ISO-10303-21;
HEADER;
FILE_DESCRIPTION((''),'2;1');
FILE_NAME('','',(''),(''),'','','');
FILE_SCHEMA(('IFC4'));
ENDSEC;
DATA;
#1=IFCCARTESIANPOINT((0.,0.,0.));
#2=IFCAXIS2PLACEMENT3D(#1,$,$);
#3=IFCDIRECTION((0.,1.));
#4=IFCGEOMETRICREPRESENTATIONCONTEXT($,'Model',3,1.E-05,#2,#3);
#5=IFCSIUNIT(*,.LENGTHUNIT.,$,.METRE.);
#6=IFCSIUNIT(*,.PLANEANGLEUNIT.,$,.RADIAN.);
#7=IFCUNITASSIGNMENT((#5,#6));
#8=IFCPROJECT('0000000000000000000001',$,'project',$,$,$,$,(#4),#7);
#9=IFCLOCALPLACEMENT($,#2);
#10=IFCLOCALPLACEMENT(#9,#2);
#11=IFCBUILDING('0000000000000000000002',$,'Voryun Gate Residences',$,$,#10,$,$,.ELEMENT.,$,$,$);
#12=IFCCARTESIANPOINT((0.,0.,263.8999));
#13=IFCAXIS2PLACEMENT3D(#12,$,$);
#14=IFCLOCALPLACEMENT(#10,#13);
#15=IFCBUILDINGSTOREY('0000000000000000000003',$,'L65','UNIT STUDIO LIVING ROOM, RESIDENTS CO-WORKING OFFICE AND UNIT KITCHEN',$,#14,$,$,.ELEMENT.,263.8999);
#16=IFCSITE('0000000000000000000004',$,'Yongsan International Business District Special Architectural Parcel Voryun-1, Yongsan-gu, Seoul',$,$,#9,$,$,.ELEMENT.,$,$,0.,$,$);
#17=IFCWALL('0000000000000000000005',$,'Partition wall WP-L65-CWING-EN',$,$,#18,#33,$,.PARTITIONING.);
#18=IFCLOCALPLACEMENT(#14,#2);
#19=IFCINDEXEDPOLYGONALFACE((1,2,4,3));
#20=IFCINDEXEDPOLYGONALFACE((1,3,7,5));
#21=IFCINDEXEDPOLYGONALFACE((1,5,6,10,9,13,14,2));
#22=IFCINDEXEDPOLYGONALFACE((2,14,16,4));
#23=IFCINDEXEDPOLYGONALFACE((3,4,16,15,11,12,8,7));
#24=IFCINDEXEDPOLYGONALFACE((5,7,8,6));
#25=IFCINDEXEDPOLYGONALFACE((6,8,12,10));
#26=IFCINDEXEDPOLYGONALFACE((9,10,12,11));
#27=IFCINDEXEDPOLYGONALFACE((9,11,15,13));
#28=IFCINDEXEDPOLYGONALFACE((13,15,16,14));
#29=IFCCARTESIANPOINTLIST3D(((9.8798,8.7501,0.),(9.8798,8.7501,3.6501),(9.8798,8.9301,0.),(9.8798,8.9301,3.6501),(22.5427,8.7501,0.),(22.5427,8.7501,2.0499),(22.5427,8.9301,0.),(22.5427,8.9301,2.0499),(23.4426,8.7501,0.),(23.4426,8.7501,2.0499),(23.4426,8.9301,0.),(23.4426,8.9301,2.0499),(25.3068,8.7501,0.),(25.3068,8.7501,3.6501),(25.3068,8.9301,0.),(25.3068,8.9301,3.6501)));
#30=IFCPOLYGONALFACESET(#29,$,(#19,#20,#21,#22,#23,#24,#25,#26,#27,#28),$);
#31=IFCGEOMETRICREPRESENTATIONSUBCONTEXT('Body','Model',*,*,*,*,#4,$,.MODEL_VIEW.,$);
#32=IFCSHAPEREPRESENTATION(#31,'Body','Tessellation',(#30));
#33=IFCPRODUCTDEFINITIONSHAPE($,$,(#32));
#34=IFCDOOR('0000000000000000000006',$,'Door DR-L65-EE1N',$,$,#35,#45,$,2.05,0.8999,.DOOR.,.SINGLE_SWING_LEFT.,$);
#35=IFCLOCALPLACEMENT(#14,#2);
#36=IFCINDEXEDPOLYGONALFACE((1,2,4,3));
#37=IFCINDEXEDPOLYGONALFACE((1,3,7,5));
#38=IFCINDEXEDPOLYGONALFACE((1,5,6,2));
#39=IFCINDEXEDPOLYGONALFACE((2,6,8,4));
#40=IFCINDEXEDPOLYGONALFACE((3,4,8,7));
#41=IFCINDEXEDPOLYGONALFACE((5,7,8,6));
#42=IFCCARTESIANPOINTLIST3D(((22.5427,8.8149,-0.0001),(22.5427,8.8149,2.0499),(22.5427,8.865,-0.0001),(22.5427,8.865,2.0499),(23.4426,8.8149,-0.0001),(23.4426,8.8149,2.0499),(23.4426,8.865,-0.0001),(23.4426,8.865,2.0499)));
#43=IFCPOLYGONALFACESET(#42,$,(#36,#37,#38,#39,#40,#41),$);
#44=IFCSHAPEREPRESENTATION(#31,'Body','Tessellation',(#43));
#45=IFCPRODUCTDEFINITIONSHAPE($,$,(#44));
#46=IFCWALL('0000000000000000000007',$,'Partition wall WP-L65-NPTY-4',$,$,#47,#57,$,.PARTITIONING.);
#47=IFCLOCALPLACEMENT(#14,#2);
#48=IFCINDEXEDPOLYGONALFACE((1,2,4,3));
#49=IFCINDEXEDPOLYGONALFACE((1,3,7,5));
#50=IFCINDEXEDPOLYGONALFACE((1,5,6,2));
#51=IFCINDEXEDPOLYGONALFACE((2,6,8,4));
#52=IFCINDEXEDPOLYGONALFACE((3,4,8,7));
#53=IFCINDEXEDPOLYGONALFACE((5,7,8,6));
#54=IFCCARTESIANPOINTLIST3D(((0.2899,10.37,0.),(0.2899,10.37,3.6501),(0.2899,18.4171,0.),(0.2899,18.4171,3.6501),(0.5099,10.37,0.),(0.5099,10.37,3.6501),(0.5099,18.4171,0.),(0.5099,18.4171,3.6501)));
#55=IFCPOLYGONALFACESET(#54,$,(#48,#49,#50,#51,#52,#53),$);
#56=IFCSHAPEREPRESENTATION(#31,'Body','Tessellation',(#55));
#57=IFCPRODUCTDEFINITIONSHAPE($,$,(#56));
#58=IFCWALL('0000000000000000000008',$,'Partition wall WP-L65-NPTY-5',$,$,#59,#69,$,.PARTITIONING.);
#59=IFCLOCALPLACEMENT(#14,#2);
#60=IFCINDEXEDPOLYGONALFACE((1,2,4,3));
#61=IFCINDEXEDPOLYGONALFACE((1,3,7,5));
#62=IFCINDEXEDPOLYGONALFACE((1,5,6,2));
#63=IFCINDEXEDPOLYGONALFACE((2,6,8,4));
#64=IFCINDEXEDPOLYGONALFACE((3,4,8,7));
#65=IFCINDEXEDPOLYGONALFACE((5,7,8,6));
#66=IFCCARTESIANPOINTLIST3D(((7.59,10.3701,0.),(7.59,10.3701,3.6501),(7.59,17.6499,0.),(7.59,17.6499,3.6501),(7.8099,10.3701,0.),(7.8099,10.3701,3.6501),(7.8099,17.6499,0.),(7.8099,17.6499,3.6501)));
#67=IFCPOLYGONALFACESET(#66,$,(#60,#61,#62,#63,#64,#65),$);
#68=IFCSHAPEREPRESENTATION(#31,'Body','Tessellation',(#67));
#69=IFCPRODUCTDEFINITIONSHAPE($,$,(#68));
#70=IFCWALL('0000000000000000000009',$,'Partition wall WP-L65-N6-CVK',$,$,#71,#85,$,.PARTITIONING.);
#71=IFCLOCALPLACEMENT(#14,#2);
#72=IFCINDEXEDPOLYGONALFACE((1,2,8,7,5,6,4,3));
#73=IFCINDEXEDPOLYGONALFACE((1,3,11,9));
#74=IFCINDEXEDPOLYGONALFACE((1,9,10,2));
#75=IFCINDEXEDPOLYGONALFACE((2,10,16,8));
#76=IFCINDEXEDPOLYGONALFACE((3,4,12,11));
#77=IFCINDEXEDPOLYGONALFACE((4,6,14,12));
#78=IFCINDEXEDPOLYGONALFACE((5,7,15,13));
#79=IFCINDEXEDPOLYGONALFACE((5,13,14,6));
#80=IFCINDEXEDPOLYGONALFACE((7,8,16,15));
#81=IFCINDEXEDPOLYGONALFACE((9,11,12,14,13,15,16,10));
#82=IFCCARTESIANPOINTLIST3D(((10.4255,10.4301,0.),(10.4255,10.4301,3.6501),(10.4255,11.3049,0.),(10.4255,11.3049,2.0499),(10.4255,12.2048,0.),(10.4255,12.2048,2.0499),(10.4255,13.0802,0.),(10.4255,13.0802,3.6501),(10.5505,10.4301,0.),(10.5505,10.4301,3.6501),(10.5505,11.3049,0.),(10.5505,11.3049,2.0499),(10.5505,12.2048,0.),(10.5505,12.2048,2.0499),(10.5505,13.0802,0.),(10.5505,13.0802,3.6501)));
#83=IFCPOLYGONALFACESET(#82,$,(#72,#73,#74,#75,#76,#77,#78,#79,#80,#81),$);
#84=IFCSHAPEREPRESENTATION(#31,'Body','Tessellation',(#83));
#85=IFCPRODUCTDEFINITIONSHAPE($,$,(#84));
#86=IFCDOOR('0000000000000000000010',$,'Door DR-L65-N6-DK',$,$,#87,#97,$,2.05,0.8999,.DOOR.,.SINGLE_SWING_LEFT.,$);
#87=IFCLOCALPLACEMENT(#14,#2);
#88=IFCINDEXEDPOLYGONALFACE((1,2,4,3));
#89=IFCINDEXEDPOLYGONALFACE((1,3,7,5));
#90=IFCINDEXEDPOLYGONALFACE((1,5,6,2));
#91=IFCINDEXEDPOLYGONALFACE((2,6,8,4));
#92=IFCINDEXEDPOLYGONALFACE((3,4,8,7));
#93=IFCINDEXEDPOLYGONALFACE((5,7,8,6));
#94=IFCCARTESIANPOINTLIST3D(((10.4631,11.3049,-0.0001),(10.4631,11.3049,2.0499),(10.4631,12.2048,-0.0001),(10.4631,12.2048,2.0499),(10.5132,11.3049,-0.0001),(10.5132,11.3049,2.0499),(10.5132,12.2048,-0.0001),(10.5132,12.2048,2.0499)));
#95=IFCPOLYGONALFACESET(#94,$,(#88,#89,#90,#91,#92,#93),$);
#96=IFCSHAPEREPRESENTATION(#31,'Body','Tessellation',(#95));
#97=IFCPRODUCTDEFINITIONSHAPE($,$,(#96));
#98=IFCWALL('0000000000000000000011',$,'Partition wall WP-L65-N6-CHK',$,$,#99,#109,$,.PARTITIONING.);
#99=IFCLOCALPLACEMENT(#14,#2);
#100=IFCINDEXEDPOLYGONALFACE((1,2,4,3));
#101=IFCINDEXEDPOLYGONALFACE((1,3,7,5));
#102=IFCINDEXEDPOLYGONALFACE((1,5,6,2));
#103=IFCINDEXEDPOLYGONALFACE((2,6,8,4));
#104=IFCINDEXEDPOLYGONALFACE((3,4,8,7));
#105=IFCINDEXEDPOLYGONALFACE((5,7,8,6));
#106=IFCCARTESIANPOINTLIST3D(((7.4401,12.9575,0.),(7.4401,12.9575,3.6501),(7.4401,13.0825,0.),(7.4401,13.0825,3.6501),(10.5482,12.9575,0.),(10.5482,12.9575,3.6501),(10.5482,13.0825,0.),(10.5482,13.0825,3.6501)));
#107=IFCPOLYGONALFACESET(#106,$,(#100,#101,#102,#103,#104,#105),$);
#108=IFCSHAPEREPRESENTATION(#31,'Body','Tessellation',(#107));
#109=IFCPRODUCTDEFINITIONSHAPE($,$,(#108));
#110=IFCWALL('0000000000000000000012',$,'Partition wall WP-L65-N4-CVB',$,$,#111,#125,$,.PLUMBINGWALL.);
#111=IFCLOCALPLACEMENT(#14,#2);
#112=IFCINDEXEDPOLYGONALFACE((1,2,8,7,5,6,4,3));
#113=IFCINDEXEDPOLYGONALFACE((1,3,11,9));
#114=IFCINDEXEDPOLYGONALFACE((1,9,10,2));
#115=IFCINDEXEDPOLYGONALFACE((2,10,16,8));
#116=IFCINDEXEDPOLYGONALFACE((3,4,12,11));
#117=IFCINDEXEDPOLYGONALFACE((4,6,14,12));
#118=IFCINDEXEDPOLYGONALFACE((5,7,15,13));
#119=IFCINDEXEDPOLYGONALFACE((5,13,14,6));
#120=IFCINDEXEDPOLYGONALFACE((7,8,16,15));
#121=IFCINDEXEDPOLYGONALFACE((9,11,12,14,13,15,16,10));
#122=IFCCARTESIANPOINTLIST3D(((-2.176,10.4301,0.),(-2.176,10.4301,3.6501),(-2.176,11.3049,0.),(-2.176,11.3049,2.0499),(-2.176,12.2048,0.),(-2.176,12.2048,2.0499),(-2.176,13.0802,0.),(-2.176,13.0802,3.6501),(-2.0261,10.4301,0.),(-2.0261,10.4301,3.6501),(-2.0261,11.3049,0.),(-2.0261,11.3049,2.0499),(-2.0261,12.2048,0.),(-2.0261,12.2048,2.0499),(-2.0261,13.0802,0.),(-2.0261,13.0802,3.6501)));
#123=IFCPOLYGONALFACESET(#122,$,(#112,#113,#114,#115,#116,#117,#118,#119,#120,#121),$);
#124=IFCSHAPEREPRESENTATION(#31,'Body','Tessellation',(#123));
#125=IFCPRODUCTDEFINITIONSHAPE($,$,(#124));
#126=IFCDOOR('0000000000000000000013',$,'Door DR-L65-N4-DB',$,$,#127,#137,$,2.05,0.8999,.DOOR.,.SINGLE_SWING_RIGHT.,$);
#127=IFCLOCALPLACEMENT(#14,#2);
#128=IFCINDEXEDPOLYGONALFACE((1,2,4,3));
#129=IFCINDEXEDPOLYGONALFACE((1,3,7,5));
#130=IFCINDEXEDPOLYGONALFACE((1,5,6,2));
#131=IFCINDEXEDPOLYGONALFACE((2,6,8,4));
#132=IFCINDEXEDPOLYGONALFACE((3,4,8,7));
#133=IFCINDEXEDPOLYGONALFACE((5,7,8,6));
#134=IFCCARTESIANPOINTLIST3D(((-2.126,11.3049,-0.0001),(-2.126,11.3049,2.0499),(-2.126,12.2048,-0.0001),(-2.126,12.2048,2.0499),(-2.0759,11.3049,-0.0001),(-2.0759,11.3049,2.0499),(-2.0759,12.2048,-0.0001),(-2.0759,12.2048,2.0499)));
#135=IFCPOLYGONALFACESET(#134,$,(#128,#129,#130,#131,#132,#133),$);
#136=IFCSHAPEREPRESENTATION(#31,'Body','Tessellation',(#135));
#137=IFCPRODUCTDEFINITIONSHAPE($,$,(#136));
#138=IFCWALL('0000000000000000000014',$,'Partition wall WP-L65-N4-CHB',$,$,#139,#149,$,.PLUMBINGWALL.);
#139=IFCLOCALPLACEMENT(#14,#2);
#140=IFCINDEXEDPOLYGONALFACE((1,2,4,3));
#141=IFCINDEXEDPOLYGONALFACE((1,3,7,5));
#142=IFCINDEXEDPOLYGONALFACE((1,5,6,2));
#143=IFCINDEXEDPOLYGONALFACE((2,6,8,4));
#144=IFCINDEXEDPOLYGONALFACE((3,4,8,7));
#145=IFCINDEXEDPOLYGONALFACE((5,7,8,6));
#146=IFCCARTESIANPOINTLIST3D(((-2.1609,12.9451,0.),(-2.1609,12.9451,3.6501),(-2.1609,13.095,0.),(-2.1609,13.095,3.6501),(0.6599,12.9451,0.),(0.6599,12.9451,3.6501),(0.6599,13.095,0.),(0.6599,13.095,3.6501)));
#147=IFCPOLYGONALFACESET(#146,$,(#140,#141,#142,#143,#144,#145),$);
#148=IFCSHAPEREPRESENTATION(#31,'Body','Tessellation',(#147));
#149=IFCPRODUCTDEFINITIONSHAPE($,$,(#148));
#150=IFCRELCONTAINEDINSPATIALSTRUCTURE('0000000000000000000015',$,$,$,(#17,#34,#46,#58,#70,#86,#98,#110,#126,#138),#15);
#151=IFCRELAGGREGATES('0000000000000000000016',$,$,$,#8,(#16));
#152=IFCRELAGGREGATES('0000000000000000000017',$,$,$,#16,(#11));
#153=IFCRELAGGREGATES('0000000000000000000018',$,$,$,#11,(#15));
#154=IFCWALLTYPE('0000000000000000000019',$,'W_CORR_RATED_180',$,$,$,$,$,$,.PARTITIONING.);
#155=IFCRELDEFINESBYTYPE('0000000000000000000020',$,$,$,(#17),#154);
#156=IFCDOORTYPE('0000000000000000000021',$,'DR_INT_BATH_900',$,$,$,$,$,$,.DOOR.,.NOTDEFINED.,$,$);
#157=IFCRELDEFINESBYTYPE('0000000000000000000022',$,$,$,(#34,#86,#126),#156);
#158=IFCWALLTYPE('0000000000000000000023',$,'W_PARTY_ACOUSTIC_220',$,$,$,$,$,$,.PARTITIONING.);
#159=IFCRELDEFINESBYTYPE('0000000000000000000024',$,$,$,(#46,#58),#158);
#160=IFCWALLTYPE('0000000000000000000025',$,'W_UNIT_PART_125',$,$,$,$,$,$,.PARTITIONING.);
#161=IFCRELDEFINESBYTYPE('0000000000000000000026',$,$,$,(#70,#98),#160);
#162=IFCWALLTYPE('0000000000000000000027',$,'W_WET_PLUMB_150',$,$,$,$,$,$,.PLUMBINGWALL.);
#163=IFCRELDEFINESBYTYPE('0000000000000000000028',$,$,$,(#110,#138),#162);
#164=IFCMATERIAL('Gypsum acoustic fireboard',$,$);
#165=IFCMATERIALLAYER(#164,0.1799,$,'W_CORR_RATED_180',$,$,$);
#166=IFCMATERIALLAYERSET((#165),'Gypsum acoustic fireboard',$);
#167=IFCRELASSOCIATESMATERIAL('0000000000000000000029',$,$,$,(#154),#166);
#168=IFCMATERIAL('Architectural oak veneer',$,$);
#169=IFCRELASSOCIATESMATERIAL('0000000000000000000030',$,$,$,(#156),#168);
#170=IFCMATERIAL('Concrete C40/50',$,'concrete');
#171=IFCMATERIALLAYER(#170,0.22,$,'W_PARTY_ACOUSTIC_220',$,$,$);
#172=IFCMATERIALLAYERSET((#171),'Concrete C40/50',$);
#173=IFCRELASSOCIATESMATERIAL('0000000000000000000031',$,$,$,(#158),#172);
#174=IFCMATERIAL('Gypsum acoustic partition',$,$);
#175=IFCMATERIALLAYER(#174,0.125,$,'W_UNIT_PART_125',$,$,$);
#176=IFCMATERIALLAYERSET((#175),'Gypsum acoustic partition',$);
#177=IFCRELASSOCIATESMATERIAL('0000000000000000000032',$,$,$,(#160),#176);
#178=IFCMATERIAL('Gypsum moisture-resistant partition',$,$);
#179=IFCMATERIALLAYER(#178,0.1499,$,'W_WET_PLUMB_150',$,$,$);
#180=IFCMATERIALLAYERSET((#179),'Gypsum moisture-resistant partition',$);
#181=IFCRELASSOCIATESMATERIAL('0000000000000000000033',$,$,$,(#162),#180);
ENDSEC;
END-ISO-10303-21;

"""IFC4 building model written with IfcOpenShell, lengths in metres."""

from ifc_helpers import new_model, si_unit, direction, frame, frame_2d, origin, place, context, subcontext, project, spatial, rectangle, extrude, material, layer, layer_set, type_object, element, fill, save


model = new_model("IFC4")

# Units and contexts
model_context = context("Model", 3, precision=1e-05, world=origin(), true_north=direction((0.0, 1.0)))
body_context = subcontext(model_context, "Body", "Model", "MODEL_VIEW")
ifc_project = project(units=[si_unit("LENGTHUNIT", "METRE"), si_unit("PLANEANGLEUNIT", "RADIAN")], contexts=[model_context])

# Site, building, storey
site_placement = place(None, origin())
site = spatial("IfcSite", under=ifc_project, at=site_placement, Name="Yongsan International Business District Special Architectural Parcel Voryun-1, Yongsan-gu, Seoul", CompositionType="ELEMENT", RefElevation=0.0)
building_placement = place(site_placement, origin())
building = spatial("IfcBuilding", under=site, at=building_placement, Name="Voryun Gate Residences", CompositionType="ELEMENT")
storey_placement = place(building_placement, frame((0.0, 0.0, 263.8999)))
storey = spatial("IfcBuildingStorey", under=building, at=storey_placement, Name="L65", Description="UNIT STUDIO LIVING ROOM, RESIDENTS CO-WORKING OFFICE AND UNIT KITCHEN", CompositionType="ELEMENT", Elevation=263.8999)

# Shared definitions
ifc_material_1 = material(Name="Gypsum acoustic fireboard")
ifc_layer_1 = layer(ifc_material_1, 0.1799, Name="W_CORR_RATED_180")
ifc_layer_set_1 = layer_set([ifc_layer_1], Name="Gypsum acoustic fireboard")
wall_type_1 = type_object("IfcWallType", Name="W_CORR_RATED_180", PredefinedType="PARTITIONING", material=ifc_layer_set_1)

# Wall, opening, door
wall_1_placement = place(storey_placement, frame((9.8799, 8.8401, 0.0), z_axis=(0.0, 0.0, 1.0), x_axis=(1.0, 0.0, 0.0)))
wall_1 = element("IfcWall", 1, at=wall_1_placement, inside=storey, type_object=wall_type_1, Name="Partition wall WP-L65-CWING-EN", PredefinedType="PARTITIONING", context=body_context, shape_type="SweptSolid", body=[
    extrude(rectangle(XDim=15.427, YDim=0.1799, at=frame_2d((7.7134, 0.0))), origin(), (0.0, 0.0, 1.0), 3.6501),
])
opening_1_placement = place(wall_1_placement, frame((12.6628, 0.0, 0.0)))
opening_1 = element("IfcOpeningElement", 2, at=opening_1_placement, cuts=wall_1, PredefinedType="OPENING", context=body_context, shape_type="SweptSolid", body=[
    extrude(rectangle(XDim=0.8999, YDim=2.05, at=frame_2d((0.45, 1.0249))), frame((0.0, 0.0999, 0.0), z_axis=(0.0, -1.0, 0.0), x_axis=(1.0, 0.0, 0.0)), (0.0, 0.0, 1.0), 0.2),
])
ifc_material_2 = material(Name="Architectural oak veneer")
door_type = type_object("IfcDoorType", Name="DR_INT_BATH_900", OperationType="NOTDEFINED", PredefinedType="DOOR", material=ifc_material_2)
door_1_placement = place(opening_1_placement, origin())
door_1 = element("IfcDoor", 3, at=door_1_placement, inside=storey, type_object=door_type, Name="Door DR-L65-EE1N", OperationType="SINGLE_SWING_LEFT", OverallHeight=2.05, OverallWidth=0.8999, PredefinedType="DOOR", context=body_context, shape_type="SweptSolid", body=[
    extrude(rectangle(XDim=0.8999, YDim=2.05, at=frame_2d((0.45, 1.0249))), frame((0.0, 0.0249, 0.0), z_axis=(0.0, -1.0, 0.0), x_axis=(1.0, 0.0, 0.0)), (0.0, 0.0, 1.0), 0.05),
])
fill(opening_1, door_1)

# Walls
ifc_material_3 = material(Name="Concrete C40/50", Category="concrete")
ifc_layer_2 = layer(ifc_material_3, 0.22, Name="W_PARTY_ACOUSTIC_220")
ifc_layer_set_2 = layer_set([ifc_layer_2], Name="Concrete C40/50")
wall_type_2 = type_object("IfcWallType", Name="W_PARTY_ACOUSTIC_220", PredefinedType="PARTITIONING", material=ifc_layer_set_2)
wall_2_placement = place(storey_placement, frame((0.3999, 10.3701, 0.0), z_axis=(0.0, 0.0, 1.0), x_axis=(0.0, 1.0, 0.0)))
element("IfcWall", 4, at=wall_2_placement, inside=storey, type_object=wall_type_2, Name="Partition wall WP-L65-NPTY-4", PredefinedType="PARTITIONING", context=body_context, shape_type="SweptSolid", body=[
    extrude(rectangle(XDim=8.0471, YDim=0.22, at=frame_2d((4.0234, 0.0))), origin(), (0.0, 0.0, 1.0), 3.6501),
])
wall_3_placement = place(storey_placement, frame((7.7, 10.3701, 0.0), z_axis=(0.0, 0.0, 1.0), x_axis=(0.0, 1.0, 0.0)))
element("IfcWall", 5, at=wall_3_placement, inside=storey, type_object=wall_type_2, Name="Partition wall WP-L65-NPTY-5", PredefinedType="PARTITIONING", context=body_context, shape_type="SweptSolid", body=[
    extrude(rectangle(XDim=7.2798, YDim=0.22, at=frame_2d((3.6399, 0.0))), origin(), (0.0, 0.0, 1.0), 3.6501),
])

# Wall, opening, door
ifc_material_4 = material(Name="Gypsum acoustic partition")
ifc_layer_3 = layer(ifc_material_4, 0.125, Name="W_UNIT_PART_125")
ifc_layer_set_3 = layer_set([ifc_layer_3], Name="Gypsum acoustic partition")
wall_type_3 = type_object("IfcWallType", Name="W_UNIT_PART_125", PredefinedType="PARTITIONING", material=ifc_layer_set_3)
wall_4_placement = place(storey_placement, frame((10.488, 10.4299, 0.0), z_axis=(0.0, 0.0, 1.0), x_axis=(0.0, 1.0, 0.0)))
wall_4 = element("IfcWall", 6, at=wall_4_placement, inside=storey, type_object=wall_type_3, Name="Partition wall WP-L65-N6-CVK", PredefinedType="PARTITIONING", context=body_context, shape_type="SweptSolid", body=[
    extrude(rectangle(XDim=2.6501, YDim=0.125, at=frame_2d((1.3252, 0.0))), origin(), (0.0, 0.0, 1.0), 3.6501),
])
opening_2_placement = place(wall_4_placement, frame((0.875, 0.0, 0.0)))
opening_2 = element("IfcOpeningElement", 7, at=opening_2_placement, cuts=wall_4, PredefinedType="OPENING", context=body_context, shape_type="SweptSolid", body=[
    extrude(rectangle(XDim=0.8999, YDim=2.05, at=frame_2d((0.45, 1.0249))), frame((0.0, 0.0725, 0.0), z_axis=(0.0, -1.0, 0.0), x_axis=(1.0, 0.0, 0.0)), (0.0, 0.0, 1.0), 0.145),
])
door_2_placement = place(opening_2_placement, origin())
door_2 = element("IfcDoor", 8, at=door_2_placement, inside=storey, type_object=door_type, Name="Door DR-L65-N6-DK", OperationType="SINGLE_SWING_LEFT", OverallHeight=2.05, OverallWidth=0.8999, PredefinedType="DOOR", context=body_context, shape_type="SweptSolid", body=[
    extrude(rectangle(XDim=0.8999, YDim=2.05, at=frame_2d((0.45, 1.0249))), frame((0.0, 0.0249, 0.0), z_axis=(0.0, -1.0, 0.0), x_axis=(1.0, 0.0, 0.0)), (0.0, 0.0, 1.0), 0.05),
])
fill(opening_2, door_2)

# Wall
wall_5_placement = place(storey_placement, frame((7.4399, 13.02, 0.0), z_axis=(0.0, 0.0, 1.0), x_axis=(1.0, 0.0, 0.0)))
element("IfcWall", 9, at=wall_5_placement, inside=storey, type_object=wall_type_3, Name="Partition wall WP-L65-N6-CHK", PredefinedType="PARTITIONING", context=body_context, shape_type="SweptSolid", body=[
    extrude(rectangle(XDim=3.1082, YDim=0.125, at=frame_2d((1.5542, 0.0))), origin(), (0.0, 0.0, 1.0), 3.6501),
])

# Wall, opening, door
ifc_material_5 = material(Name="Gypsum moisture-resistant partition")
ifc_layer_4 = layer(ifc_material_5, 0.1499, Name="W_WET_PLUMB_150")
ifc_layer_set_4 = layer_set([ifc_layer_4], Name="Gypsum moisture-resistant partition")
wall_type_4 = type_object("IfcWallType", Name="W_WET_PLUMB_150", PredefinedType="PLUMBINGWALL", material=ifc_layer_set_4)
wall_6_placement = place(storey_placement, frame((-2.1011, 10.4299, 0.0), z_axis=(0.0, 0.0, 1.0), x_axis=(0.0, 1.0, 0.0)))
wall_6 = element("IfcWall", 10, at=wall_6_placement, inside=storey, type_object=wall_type_4, Name="Partition wall WP-L65-N4-CVB", PredefinedType="PLUMBINGWALL", context=body_context, shape_type="SweptSolid", body=[
    extrude(rectangle(XDim=2.6501, YDim=0.1499, at=frame_2d((1.3252, 0.0))), origin(), (0.0, 0.0, 1.0), 3.6501),
])
opening_3_placement = place(wall_6_placement, frame((0.875, 0.0, 0.0)))
opening_3 = element("IfcOpeningElement", 11, at=opening_3_placement, cuts=wall_6, PredefinedType="OPENING", context=body_context, shape_type="SweptSolid", body=[
    extrude(rectangle(XDim=0.8999, YDim=2.05, at=frame_2d((0.45, 1.0249))), frame((0.0, 0.085, 0.0), z_axis=(0.0, -1.0, 0.0), x_axis=(1.0, 0.0, 0.0)), (0.0, 0.0, 1.0), 0.1699),
])
door_3_placement = place(opening_3_placement, origin())
door_3 = element("IfcDoor", 12, at=door_3_placement, inside=storey, type_object=door_type, Name="Door DR-L65-N4-DB", OperationType="SINGLE_SWING_RIGHT", OverallHeight=2.05, OverallWidth=0.8999, PredefinedType="DOOR", context=body_context, shape_type="SweptSolid", body=[
    extrude(rectangle(XDim=0.8999, YDim=2.05, at=frame_2d((0.45, 1.0249))), frame((0.0, 0.0249, 0.0), z_axis=(0.0, -1.0, 0.0), x_axis=(1.0, 0.0, 0.0)), (0.0, 0.0, 1.0), 0.05),
])
fill(opening_3, door_3)

# Wall
wall_7_placement = place(storey_placement, frame((-2.1609, 13.02, 0.0), z_axis=(0.0, 0.0, 1.0), x_axis=(1.0, 0.0, 0.0)))
element("IfcWall", 13, at=wall_7_placement, inside=storey, type_object=wall_type_4, Name="Partition wall WP-L65-N4-CHB", PredefinedType="PLUMBINGWALL", context=body_context, shape_type="SweptSolid", body=[
    extrude(rectangle(XDim=2.8208, YDim=0.1499, at=frame_2d((1.4104, 0.0))), origin(), (0.0, 0.0, 1.0), 3.6501),
])

save(model, "model.ifc")
